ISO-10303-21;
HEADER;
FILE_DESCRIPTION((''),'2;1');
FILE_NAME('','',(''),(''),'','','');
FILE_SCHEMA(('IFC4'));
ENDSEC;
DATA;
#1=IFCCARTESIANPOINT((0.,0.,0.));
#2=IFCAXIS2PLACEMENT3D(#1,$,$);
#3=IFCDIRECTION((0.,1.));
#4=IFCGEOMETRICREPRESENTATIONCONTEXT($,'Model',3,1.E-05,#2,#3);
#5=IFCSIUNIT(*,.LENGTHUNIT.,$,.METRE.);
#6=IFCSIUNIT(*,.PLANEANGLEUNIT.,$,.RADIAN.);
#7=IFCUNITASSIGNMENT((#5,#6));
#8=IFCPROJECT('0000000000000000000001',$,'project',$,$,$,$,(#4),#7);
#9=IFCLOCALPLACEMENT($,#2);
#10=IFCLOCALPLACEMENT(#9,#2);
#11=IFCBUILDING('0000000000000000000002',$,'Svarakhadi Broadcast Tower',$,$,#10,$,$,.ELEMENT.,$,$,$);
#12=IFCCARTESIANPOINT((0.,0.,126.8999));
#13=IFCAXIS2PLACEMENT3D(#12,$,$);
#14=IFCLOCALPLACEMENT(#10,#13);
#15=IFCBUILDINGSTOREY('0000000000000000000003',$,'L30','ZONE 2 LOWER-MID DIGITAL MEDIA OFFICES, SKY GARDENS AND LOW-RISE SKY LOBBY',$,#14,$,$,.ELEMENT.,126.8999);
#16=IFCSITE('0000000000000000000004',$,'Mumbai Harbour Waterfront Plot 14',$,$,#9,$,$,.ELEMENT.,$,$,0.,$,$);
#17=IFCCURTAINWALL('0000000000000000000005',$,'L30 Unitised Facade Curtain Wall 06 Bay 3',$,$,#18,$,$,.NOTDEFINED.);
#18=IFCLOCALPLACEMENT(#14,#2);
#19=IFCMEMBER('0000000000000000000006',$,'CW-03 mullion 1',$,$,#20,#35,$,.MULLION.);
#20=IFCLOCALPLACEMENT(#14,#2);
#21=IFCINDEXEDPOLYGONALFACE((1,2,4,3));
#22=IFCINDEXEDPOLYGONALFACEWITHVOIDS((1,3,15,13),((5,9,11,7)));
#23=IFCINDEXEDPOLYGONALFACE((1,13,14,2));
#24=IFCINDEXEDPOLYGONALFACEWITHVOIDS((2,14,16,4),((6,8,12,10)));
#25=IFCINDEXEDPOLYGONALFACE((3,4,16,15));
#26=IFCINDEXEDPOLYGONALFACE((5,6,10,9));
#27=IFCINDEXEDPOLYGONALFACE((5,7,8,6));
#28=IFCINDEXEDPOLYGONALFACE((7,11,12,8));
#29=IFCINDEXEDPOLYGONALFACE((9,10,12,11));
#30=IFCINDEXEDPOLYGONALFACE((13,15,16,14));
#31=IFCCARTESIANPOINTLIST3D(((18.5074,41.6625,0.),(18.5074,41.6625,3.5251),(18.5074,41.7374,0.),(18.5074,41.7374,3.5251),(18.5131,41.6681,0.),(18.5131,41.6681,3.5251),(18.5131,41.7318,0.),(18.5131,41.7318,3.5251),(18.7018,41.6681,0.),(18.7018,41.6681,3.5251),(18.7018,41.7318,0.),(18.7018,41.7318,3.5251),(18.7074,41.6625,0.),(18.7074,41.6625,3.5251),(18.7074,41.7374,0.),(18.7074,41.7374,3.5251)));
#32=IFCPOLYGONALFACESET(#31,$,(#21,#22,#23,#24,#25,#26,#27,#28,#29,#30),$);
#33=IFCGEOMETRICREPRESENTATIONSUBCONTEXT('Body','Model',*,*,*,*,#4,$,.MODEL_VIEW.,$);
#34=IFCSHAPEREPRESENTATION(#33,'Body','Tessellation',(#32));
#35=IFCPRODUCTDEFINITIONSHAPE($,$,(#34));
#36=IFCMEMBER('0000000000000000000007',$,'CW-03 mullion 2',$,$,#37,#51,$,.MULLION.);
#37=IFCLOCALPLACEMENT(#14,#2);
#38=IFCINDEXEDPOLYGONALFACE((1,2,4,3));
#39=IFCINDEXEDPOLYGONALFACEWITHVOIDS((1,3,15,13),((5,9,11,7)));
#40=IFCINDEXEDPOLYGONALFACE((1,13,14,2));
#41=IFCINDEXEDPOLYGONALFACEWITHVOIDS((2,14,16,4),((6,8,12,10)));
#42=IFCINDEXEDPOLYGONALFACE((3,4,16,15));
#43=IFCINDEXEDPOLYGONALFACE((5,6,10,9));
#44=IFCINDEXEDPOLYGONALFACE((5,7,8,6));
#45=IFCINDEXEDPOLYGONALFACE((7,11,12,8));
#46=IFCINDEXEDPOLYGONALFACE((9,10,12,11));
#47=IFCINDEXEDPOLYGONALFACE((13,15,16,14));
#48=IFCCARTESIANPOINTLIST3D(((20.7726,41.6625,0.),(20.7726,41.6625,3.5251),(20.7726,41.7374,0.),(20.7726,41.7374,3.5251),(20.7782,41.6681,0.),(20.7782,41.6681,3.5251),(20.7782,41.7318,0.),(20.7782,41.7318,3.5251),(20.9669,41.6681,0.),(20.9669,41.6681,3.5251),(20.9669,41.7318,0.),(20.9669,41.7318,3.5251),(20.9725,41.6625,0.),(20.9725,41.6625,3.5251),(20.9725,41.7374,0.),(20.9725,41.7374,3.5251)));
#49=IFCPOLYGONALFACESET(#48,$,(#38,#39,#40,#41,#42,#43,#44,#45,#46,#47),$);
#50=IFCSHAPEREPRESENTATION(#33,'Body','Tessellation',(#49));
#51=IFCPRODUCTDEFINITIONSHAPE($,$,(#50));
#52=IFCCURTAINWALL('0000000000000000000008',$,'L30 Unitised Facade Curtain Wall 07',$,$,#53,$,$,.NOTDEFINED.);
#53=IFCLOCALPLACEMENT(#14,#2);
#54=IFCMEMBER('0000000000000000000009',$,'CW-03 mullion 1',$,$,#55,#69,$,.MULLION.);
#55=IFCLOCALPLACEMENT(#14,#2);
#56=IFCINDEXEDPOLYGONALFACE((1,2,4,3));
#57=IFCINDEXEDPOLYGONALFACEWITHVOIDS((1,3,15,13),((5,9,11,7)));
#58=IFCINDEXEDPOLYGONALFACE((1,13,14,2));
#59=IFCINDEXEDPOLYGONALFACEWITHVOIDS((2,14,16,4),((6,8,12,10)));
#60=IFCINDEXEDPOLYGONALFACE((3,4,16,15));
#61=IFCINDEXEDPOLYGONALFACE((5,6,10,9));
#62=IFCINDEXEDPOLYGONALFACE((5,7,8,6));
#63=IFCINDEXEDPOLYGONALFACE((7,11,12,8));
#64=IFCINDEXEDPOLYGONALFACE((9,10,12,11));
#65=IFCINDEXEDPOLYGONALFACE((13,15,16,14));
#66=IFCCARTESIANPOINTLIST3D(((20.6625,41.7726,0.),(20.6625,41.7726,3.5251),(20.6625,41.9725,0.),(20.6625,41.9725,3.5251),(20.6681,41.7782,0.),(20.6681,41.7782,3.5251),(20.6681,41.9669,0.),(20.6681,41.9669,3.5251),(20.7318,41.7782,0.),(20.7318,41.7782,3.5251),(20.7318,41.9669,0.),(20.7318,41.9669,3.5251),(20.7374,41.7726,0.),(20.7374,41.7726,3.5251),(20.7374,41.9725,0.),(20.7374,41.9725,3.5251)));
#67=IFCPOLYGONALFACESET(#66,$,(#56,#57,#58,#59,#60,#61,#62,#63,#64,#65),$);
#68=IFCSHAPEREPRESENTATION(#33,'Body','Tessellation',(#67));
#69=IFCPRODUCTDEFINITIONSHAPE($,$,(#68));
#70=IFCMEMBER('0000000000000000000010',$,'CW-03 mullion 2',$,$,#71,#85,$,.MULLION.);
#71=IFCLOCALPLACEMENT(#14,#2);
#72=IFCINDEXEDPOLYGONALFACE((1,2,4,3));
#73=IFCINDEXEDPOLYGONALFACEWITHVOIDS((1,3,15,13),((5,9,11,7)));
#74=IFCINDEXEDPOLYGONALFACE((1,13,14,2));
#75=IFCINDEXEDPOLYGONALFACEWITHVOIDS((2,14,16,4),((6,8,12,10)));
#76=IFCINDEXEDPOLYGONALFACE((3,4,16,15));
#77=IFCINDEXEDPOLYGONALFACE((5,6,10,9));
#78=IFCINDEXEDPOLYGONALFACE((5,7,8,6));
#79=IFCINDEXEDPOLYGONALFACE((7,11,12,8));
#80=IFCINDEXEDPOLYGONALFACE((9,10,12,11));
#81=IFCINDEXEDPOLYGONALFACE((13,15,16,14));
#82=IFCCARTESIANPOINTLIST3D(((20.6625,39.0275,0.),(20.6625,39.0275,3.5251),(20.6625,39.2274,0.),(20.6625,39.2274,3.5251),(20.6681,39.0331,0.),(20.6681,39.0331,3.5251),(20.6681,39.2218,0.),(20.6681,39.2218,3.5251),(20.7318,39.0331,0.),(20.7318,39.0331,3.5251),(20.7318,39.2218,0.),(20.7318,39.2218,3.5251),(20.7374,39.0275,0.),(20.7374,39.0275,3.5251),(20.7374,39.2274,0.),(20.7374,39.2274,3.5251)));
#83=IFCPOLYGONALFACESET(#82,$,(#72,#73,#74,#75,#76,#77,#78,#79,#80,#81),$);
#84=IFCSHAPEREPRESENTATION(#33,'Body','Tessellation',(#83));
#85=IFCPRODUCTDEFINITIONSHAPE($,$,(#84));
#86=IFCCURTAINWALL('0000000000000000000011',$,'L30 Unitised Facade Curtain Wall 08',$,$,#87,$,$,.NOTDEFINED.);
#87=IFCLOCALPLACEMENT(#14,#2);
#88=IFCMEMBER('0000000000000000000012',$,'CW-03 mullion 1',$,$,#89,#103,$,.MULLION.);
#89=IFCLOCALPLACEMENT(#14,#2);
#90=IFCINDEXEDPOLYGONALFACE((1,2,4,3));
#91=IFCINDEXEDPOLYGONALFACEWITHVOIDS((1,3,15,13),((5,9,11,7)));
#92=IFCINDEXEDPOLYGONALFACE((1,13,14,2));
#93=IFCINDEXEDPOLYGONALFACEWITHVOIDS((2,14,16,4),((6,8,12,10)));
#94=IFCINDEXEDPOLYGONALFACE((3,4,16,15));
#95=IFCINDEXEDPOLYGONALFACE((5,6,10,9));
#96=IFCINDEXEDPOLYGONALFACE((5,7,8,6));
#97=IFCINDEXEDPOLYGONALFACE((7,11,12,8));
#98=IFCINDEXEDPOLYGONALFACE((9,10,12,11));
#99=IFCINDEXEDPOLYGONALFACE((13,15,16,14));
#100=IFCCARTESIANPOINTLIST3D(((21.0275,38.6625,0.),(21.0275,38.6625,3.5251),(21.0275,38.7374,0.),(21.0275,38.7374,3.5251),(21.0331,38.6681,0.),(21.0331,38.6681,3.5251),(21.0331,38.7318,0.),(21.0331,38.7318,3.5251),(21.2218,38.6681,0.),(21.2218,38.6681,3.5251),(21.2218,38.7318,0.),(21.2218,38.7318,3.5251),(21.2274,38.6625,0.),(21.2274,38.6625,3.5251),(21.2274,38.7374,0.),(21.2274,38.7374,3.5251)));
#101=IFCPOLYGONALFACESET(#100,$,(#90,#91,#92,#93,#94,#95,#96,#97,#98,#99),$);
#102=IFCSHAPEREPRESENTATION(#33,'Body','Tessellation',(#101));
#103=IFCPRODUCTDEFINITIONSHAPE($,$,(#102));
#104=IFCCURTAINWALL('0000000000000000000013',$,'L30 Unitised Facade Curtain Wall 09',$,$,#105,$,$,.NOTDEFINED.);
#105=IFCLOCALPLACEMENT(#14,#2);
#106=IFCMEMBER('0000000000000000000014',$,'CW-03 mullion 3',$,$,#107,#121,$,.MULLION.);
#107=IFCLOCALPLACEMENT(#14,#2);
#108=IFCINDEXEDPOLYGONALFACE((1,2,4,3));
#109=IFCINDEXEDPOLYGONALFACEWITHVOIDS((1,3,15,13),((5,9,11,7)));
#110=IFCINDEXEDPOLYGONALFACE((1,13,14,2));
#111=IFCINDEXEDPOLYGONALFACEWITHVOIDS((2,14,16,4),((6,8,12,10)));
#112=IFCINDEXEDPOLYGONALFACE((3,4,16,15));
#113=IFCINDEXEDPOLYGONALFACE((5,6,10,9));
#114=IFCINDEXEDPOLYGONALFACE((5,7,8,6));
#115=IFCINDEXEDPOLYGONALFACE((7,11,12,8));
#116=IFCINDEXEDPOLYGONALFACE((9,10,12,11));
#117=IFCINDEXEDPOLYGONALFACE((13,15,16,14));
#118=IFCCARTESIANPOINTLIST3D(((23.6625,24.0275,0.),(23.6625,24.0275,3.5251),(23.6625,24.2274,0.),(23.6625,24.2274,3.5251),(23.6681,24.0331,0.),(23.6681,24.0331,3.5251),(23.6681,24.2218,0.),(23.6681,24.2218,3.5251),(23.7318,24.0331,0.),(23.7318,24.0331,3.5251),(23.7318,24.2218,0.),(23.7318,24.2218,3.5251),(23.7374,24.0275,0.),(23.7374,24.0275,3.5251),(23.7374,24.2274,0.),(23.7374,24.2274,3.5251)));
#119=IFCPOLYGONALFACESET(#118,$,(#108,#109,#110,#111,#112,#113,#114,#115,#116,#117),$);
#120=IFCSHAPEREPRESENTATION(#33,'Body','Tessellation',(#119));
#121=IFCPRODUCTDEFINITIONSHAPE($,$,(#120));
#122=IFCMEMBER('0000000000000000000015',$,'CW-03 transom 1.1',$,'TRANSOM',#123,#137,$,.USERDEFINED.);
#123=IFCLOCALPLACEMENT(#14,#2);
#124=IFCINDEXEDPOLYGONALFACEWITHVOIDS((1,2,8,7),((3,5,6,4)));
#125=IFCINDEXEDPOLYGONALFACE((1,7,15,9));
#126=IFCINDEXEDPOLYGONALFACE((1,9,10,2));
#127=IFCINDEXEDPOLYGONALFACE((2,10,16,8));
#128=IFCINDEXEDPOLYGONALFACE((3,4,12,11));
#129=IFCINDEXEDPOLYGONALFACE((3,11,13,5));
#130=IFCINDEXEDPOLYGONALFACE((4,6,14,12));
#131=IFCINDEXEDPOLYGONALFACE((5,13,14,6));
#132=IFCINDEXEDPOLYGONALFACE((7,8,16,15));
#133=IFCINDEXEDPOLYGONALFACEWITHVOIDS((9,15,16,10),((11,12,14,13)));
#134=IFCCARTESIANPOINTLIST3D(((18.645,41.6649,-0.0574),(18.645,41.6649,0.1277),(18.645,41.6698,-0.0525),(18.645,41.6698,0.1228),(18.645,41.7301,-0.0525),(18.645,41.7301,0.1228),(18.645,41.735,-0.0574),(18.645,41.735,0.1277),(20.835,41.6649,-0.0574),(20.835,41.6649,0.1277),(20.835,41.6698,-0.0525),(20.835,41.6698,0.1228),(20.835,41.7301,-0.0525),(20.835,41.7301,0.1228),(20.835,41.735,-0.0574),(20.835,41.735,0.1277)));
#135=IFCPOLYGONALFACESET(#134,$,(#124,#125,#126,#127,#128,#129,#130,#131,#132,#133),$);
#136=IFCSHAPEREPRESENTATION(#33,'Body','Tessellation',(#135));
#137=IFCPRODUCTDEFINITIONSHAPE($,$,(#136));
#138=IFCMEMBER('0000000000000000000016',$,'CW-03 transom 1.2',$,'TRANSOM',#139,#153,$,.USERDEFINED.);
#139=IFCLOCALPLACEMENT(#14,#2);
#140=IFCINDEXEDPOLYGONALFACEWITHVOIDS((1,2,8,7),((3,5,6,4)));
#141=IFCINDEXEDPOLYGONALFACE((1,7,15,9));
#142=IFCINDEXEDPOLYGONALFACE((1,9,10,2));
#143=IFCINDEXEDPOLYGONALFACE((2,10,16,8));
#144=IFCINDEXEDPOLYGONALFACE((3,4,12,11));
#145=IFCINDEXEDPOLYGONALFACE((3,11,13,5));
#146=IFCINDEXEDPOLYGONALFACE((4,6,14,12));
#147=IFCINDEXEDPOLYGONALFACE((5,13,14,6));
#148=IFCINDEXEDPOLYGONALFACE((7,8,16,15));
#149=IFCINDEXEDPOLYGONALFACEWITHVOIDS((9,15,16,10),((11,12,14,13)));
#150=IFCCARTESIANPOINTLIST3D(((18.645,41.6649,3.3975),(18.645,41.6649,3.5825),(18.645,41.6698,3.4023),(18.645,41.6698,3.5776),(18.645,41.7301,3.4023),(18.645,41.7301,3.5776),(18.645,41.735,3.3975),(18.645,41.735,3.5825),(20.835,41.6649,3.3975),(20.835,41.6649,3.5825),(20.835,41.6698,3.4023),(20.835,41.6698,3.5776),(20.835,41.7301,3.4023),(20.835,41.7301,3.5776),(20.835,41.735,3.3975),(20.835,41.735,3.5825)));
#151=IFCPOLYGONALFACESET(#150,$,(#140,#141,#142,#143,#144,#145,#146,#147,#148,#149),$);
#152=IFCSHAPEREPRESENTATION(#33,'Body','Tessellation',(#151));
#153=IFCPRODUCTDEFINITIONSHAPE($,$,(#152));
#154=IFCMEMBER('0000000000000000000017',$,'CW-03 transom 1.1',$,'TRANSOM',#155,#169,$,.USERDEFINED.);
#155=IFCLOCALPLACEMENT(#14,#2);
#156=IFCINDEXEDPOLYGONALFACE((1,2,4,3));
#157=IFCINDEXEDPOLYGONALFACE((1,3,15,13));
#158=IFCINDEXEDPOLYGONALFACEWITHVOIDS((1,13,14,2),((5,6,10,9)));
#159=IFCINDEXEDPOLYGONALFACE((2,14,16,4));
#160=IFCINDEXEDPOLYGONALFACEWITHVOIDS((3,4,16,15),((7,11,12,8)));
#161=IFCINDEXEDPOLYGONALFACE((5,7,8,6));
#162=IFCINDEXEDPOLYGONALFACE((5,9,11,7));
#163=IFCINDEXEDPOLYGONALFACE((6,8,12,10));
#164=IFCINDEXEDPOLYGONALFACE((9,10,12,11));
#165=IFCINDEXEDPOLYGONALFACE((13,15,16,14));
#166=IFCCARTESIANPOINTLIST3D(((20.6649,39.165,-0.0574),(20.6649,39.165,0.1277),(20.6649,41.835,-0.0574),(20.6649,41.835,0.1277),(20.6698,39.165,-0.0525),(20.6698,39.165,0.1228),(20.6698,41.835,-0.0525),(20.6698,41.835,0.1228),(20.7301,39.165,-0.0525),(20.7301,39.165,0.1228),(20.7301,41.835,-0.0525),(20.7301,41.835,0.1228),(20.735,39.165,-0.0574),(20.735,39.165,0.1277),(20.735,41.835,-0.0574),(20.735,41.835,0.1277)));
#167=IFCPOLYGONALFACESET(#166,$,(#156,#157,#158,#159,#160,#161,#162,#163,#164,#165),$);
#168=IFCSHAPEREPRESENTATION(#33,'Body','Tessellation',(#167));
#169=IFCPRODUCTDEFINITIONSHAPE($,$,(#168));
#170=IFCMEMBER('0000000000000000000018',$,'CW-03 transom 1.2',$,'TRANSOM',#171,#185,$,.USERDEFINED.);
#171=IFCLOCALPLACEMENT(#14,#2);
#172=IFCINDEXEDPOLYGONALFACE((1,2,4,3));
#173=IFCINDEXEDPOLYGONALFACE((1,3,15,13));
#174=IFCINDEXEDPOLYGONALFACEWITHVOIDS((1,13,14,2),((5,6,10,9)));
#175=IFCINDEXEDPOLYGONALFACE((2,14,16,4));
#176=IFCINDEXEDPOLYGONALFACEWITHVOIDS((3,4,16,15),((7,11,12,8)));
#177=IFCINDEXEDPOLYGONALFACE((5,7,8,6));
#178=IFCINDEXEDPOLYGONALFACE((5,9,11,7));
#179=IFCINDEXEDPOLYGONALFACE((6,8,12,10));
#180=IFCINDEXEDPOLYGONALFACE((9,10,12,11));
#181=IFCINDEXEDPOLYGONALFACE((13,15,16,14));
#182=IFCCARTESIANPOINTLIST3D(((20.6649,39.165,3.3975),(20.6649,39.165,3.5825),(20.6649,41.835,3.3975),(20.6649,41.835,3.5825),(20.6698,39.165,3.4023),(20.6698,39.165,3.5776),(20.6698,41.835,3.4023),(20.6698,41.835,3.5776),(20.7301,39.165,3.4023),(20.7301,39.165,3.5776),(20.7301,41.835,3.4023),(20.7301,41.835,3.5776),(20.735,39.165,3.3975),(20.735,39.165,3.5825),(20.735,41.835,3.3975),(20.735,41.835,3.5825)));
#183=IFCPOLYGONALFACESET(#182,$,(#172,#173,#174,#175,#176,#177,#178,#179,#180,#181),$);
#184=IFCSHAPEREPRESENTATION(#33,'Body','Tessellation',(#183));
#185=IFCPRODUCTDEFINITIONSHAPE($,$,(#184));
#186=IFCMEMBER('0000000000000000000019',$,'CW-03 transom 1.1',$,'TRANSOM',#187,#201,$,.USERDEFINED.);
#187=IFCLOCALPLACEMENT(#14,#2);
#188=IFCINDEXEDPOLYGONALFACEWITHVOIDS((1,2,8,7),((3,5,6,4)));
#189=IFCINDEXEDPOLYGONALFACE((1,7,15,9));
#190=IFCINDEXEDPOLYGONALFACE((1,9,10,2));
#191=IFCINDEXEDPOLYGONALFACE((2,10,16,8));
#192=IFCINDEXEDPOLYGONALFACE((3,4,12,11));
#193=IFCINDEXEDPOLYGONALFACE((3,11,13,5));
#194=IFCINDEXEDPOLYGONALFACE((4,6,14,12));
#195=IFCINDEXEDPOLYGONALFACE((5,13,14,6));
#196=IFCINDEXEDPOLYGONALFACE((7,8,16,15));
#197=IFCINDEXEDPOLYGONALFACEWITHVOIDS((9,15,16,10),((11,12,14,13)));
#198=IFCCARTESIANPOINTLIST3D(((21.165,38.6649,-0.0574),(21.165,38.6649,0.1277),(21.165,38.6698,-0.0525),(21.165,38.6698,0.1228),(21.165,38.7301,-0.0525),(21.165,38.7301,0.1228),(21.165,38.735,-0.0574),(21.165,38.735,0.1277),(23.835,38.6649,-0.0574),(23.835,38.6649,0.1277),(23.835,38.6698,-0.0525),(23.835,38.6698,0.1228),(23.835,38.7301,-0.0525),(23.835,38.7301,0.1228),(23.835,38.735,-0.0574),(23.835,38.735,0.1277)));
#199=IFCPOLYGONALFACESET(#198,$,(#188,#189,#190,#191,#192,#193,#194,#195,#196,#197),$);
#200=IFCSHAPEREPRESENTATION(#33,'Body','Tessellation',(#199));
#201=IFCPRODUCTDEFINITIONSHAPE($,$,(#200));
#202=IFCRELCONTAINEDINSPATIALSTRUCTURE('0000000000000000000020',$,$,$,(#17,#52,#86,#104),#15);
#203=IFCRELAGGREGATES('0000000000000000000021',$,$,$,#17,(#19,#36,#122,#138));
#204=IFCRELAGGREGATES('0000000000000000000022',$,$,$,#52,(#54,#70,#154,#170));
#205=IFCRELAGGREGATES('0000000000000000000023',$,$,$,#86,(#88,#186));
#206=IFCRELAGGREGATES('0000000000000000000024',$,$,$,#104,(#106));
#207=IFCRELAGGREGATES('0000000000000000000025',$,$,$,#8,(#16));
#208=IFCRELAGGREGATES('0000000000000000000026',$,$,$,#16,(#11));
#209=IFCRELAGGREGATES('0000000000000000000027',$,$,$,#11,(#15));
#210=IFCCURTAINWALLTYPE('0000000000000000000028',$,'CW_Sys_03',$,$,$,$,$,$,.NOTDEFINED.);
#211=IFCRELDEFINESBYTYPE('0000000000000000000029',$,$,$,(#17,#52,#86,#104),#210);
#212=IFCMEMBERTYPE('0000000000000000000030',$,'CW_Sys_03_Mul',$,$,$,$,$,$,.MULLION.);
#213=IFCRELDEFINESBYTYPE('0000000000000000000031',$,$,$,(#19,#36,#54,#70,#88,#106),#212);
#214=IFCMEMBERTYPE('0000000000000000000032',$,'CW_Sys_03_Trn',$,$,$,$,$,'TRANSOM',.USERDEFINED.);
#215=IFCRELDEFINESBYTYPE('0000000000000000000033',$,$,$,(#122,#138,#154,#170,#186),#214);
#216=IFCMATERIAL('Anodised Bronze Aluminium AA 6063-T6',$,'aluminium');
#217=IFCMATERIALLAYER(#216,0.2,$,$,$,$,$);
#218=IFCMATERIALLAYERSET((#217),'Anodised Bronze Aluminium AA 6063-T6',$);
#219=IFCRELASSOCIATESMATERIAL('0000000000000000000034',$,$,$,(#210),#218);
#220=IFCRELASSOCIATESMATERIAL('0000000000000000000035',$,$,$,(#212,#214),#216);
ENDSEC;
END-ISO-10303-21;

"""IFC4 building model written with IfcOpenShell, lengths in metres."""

from ifc_helpers import new_model, si_unit, direction, frame, origin, origin_2d, place, context, subcontext, project, spatial, hollow_rectangle, extrude, material, layer, layer_set, material_profile, profile_set, type_object, element, aggregate, save


model = new_model("IFC4")

# Units and contexts
model_context = context("Model", 3, precision=1e-05, world=origin(), true_north=direction((0.0, 1.0)))
body_context = subcontext(model_context, "Body", "Model", "MODEL_VIEW")
ifc_project = project(units=[si_unit("LENGTHUNIT", "METRE"), si_unit("PLANEANGLEUNIT", "RADIAN")], contexts=[model_context])

# Site, building, storey
site_placement = place(None, origin())
site = spatial("IfcSite", under=ifc_project, at=site_placement, Name="Mumbai Harbour Waterfront Plot 14", CompositionType="ELEMENT", RefElevation=0.0)
building_placement = place(site_placement, origin())
building = spatial("IfcBuilding", under=site, at=building_placement, Name="Svarakhadi Broadcast Tower", CompositionType="ELEMENT")
storey_placement = place(building_placement, frame((0.0, 0.0, 126.8999)))
storey = spatial("IfcBuildingStorey", under=building, at=storey_placement, Name="L30", Description="ZONE 2 LOWER-MID DIGITAL MEDIA OFFICES, SKY GARDENS AND LOW-RISE SKY LOBBY", CompositionType="ELEMENT", Elevation=126.8999)

# Curtain walls, members
ifc_material_1 = material(Name="Anodised Bronze Aluminium AA 6063-T6", Category="aluminium")
ifc_layer_1 = layer(ifc_material_1, 0.2)
ifc_layer_set_1 = layer_set([ifc_layer_1], Name="Anodised Bronze Aluminium AA 6063-T6")
curtain_wall_type = type_object("IfcCurtainWallType", Name="CW_Sys_03", PredefinedType="NOTDEFINED", material=ifc_layer_set_1)
curtain_wall_1_placement = place(storey_placement, origin())
curtain_wall_1 = element("IfcCurtainWall", 1, at=curtain_wall_1_placement, inside=storey, type_object=curtain_wall_type, Name="L30 Unitised Facade Curtain Wall 06 Bay 3", PredefinedType="NOTDEFINED")
ifc_material_profile_1 = material_profile(ifc_material_1, hollow_rectangle(XDim=0.075, YDim=0.2, WallThickness=0.0056, at=origin_2d()), Name="ALU MULLION 200x75x6")
ifc_profile_set_1 = profile_set([ifc_material_profile_1], Name="Anodised Bronze Aluminium AA 6063-T6")
member_type_1 = type_object("IfcMemberType", Name="CW_Sys_03_Mul", PredefinedType="MULLION", material=ifc_profile_set_1)
member_1_placement = place(storey_placement, frame((18.6074, 41.7, 0.0), z_axis=(0.0, 0.0, 1.0), x_axis=(0.0, 1.0, 0.0)))
member_1 = element("IfcMember", 2, at=member_1_placement, type_object=member_type_1, Name="CW-03 mullion 1", PredefinedType="MULLION", context=body_context, shape_type="SweptSolid", body=[
    extrude(hollow_rectangle(XDim=0.075, YDim=0.2, WallThickness=0.0056, at=origin_2d()), origin(), (0.0, 0.0, 1.0), 3.5251),
])
member_2_placement = place(storey_placement, frame((20.8726, 41.7, 0.0), z_axis=(0.0, 0.0, 1.0), x_axis=(0.0, 1.0, 0.0)))
member_2 = element("IfcMember", 3, at=member_2_placement, type_object=member_type_1, Name="CW-03 mullion 2", PredefinedType="MULLION", context=body_context, shape_type="SweptSolid", body=[
    extrude(hollow_rectangle(XDim=0.075, YDim=0.2, WallThickness=0.0056, at=origin_2d()), origin(), (0.0, 0.0, 1.0), 3.5251),
])
curtain_wall_2_placement = place(storey_placement, origin())
curtain_wall_2 = element("IfcCurtainWall", 4, at=curtain_wall_2_placement, inside=storey, type_object=curtain_wall_type, Name="L30 Unitised Facade Curtain Wall 07", PredefinedType="NOTDEFINED")
member_3_placement = place(storey_placement, frame((20.7, 41.8726, 0.0), z_axis=(0.0, 0.0, 1.0), x_axis=(1.0, 0.0, 0.0)))
member_3 = element("IfcMember", 5, at=member_3_placement, type_object=member_type_1, Name="CW-03 mullion 1", PredefinedType="MULLION", context=body_context, shape_type="SweptSolid", body=[
    extrude(hollow_rectangle(XDim=0.075, YDim=0.2, WallThickness=0.0056, at=origin_2d()), origin(), (0.0, 0.0, 1.0), 3.5251),
])
member_4_placement = place(storey_placement, frame((20.7, 39.1274, 0.0), z_axis=(0.0, 0.0, 1.0), x_axis=(1.0, 0.0, 0.0)))
member_4 = element("IfcMember", 6, at=member_4_placement, type_object=member_type_1, Name="CW-03 mullion 2", PredefinedType="MULLION", context=body_context, shape_type="SweptSolid", body=[
    extrude(hollow_rectangle(XDim=0.075, YDim=0.2, WallThickness=0.0056, at=origin_2d()), origin(), (0.0, 0.0, 1.0), 3.5251),
])

# Curtain walls, members
curtain_wall_3_placement = place(storey_placement, origin())
curtain_wall_3 = element("IfcCurtainWall", 7, at=curtain_wall_3_placement, inside=storey, type_object=curtain_wall_type, Name="L30 Unitised Facade Curtain Wall 08", PredefinedType="NOTDEFINED")
member_5_placement = place(storey_placement, frame((21.1274, 38.7, 0.0), z_axis=(0.0, 0.0, 1.0), x_axis=(0.0, 1.0, 0.0)))
member_5 = element("IfcMember", 8, at=member_5_placement, type_object=member_type_1, Name="CW-03 mullion 1", PredefinedType="MULLION", context=body_context, shape_type="SweptSolid", body=[
    extrude(hollow_rectangle(XDim=0.075, YDim=0.2, WallThickness=0.0056, at=origin_2d()), origin(), (0.0, 0.0, 1.0), 3.5251),
])
curtain_wall_4_placement = place(storey_placement, origin())
curtain_wall_4 = element("IfcCurtainWall", 9, at=curtain_wall_4_placement, inside=storey, type_object=curtain_wall_type, Name="L30 Unitised Facade Curtain Wall 09", PredefinedType="NOTDEFINED")
member_6_placement = place(storey_placement, frame((23.7, 24.1274, 0.0), z_axis=(0.0, 0.0, 1.0), x_axis=(1.0, 0.0, 0.0)))
member_6 = element("IfcMember", 10, at=member_6_placement, type_object=member_type_1, Name="CW-03 mullion 3", PredefinedType="MULLION", context=body_context, shape_type="SweptSolid", body=[
    extrude(hollow_rectangle(XDim=0.075, YDim=0.2, WallThickness=0.0056, at=origin_2d()), origin(), (0.0, 0.0, 1.0), 3.5251),
])

# Members
ifc_material_profile_2 = material_profile(ifc_material_1, hollow_rectangle(XDim=0.0701, YDim=0.1851, WallThickness=0.0049, at=origin_2d()), Name="ALU TRANSOM 185x70x5")
ifc_profile_set_2 = profile_set([ifc_material_profile_2], Name="Anodised Bronze Aluminium AA 6063-T6")
member_type_2 = type_object("IfcMemberType", Name="CW_Sys_03_Trn", ElementType="TRANSOM", PredefinedType="USERDEFINED", material=ifc_profile_set_2)
member_7_placement = place(storey_placement, frame((18.645, 41.7, 0.0352), z_axis=(1.0, 0.0, 0.0), x_axis=(0.0, 1.0, 0.0)))
member_7 = element("IfcMember", 11, at=member_7_placement, type_object=member_type_2, Name="CW-03 transom 1.1", ObjectType="TRANSOM", PredefinedType="USERDEFINED", context=body_context, shape_type="SweptSolid", body=[
    extrude(hollow_rectangle(XDim=0.0701, YDim=0.1851, WallThickness=0.0049, at=origin_2d()), origin(), (0.0, 0.0, 1.0), 2.1899),
])
member_8_placement = place(storey_placement, frame((18.645, 41.7, 3.49), z_axis=(1.0, 0.0, 0.0), x_axis=(0.0, 1.0, 0.0)))
member_8 = element("IfcMember", 12, at=member_8_placement, type_object=member_type_2, Name="CW-03 transom 1.2", ObjectType="TRANSOM", PredefinedType="USERDEFINED", context=body_context, shape_type="SweptSolid", body=[
    extrude(hollow_rectangle(XDim=0.0701, YDim=0.1851, WallThickness=0.0049, at=origin_2d()), origin(), (0.0, 0.0, 1.0), 2.1899),
])
member_9_placement = place(storey_placement, frame((20.7, 41.835, 0.0352), z_axis=(0.0, -1.0, 0.0), x_axis=(1.0, 0.0, 0.0)))
member_9 = element("IfcMember", 13, at=member_9_placement, type_object=member_type_2, Name="CW-03 transom 1.1", ObjectType="TRANSOM", PredefinedType="USERDEFINED", context=body_context, shape_type="SweptSolid", body=[
    extrude(hollow_rectangle(XDim=0.0701, YDim=0.1851, WallThickness=0.0049, at=origin_2d()), origin(), (0.0, 0.0, 1.0), 2.6699),
])
member_10_placement = place(storey_placement, frame((20.7, 41.835, 3.49), z_axis=(0.0, -1.0, 0.0), x_axis=(1.0, 0.0, 0.0)))
member_10 = element("IfcMember", 14, at=member_10_placement, type_object=member_type_2, Name="CW-03 transom 1.2", ObjectType="TRANSOM", PredefinedType="USERDEFINED", context=body_context, shape_type="SweptSolid", body=[
    extrude(hollow_rectangle(XDim=0.0701, YDim=0.1851, WallThickness=0.0049, at=origin_2d()), origin(), (0.0, 0.0, 1.0), 2.6699),
])
member_11_placement = place(storey_placement, frame((21.165, 38.7, 0.0352), z_axis=(1.0, 0.0, 0.0), x_axis=(0.0, 1.0, 0.0)))
member_11 = element("IfcMember", 15, at=member_11_placement, type_object=member_type_2, Name="CW-03 transom 1.1", ObjectType="TRANSOM", PredefinedType="USERDEFINED", context=body_context, shape_type="SweptSolid", body=[
    extrude(hollow_rectangle(XDim=0.0701, YDim=0.1851, WallThickness=0.0049, at=origin_2d()), origin(), (0.0, 0.0, 1.0), 2.6699),
])

aggregate(curtain_wall_1, [member_1, member_2, member_7, member_8])
aggregate(curtain_wall_2, [member_3, member_4, member_9, member_10])
aggregate(curtain_wall_3, [member_5, member_11])
aggregate(curtain_wall_4, [member_6])

save(model, "model.ifc")
